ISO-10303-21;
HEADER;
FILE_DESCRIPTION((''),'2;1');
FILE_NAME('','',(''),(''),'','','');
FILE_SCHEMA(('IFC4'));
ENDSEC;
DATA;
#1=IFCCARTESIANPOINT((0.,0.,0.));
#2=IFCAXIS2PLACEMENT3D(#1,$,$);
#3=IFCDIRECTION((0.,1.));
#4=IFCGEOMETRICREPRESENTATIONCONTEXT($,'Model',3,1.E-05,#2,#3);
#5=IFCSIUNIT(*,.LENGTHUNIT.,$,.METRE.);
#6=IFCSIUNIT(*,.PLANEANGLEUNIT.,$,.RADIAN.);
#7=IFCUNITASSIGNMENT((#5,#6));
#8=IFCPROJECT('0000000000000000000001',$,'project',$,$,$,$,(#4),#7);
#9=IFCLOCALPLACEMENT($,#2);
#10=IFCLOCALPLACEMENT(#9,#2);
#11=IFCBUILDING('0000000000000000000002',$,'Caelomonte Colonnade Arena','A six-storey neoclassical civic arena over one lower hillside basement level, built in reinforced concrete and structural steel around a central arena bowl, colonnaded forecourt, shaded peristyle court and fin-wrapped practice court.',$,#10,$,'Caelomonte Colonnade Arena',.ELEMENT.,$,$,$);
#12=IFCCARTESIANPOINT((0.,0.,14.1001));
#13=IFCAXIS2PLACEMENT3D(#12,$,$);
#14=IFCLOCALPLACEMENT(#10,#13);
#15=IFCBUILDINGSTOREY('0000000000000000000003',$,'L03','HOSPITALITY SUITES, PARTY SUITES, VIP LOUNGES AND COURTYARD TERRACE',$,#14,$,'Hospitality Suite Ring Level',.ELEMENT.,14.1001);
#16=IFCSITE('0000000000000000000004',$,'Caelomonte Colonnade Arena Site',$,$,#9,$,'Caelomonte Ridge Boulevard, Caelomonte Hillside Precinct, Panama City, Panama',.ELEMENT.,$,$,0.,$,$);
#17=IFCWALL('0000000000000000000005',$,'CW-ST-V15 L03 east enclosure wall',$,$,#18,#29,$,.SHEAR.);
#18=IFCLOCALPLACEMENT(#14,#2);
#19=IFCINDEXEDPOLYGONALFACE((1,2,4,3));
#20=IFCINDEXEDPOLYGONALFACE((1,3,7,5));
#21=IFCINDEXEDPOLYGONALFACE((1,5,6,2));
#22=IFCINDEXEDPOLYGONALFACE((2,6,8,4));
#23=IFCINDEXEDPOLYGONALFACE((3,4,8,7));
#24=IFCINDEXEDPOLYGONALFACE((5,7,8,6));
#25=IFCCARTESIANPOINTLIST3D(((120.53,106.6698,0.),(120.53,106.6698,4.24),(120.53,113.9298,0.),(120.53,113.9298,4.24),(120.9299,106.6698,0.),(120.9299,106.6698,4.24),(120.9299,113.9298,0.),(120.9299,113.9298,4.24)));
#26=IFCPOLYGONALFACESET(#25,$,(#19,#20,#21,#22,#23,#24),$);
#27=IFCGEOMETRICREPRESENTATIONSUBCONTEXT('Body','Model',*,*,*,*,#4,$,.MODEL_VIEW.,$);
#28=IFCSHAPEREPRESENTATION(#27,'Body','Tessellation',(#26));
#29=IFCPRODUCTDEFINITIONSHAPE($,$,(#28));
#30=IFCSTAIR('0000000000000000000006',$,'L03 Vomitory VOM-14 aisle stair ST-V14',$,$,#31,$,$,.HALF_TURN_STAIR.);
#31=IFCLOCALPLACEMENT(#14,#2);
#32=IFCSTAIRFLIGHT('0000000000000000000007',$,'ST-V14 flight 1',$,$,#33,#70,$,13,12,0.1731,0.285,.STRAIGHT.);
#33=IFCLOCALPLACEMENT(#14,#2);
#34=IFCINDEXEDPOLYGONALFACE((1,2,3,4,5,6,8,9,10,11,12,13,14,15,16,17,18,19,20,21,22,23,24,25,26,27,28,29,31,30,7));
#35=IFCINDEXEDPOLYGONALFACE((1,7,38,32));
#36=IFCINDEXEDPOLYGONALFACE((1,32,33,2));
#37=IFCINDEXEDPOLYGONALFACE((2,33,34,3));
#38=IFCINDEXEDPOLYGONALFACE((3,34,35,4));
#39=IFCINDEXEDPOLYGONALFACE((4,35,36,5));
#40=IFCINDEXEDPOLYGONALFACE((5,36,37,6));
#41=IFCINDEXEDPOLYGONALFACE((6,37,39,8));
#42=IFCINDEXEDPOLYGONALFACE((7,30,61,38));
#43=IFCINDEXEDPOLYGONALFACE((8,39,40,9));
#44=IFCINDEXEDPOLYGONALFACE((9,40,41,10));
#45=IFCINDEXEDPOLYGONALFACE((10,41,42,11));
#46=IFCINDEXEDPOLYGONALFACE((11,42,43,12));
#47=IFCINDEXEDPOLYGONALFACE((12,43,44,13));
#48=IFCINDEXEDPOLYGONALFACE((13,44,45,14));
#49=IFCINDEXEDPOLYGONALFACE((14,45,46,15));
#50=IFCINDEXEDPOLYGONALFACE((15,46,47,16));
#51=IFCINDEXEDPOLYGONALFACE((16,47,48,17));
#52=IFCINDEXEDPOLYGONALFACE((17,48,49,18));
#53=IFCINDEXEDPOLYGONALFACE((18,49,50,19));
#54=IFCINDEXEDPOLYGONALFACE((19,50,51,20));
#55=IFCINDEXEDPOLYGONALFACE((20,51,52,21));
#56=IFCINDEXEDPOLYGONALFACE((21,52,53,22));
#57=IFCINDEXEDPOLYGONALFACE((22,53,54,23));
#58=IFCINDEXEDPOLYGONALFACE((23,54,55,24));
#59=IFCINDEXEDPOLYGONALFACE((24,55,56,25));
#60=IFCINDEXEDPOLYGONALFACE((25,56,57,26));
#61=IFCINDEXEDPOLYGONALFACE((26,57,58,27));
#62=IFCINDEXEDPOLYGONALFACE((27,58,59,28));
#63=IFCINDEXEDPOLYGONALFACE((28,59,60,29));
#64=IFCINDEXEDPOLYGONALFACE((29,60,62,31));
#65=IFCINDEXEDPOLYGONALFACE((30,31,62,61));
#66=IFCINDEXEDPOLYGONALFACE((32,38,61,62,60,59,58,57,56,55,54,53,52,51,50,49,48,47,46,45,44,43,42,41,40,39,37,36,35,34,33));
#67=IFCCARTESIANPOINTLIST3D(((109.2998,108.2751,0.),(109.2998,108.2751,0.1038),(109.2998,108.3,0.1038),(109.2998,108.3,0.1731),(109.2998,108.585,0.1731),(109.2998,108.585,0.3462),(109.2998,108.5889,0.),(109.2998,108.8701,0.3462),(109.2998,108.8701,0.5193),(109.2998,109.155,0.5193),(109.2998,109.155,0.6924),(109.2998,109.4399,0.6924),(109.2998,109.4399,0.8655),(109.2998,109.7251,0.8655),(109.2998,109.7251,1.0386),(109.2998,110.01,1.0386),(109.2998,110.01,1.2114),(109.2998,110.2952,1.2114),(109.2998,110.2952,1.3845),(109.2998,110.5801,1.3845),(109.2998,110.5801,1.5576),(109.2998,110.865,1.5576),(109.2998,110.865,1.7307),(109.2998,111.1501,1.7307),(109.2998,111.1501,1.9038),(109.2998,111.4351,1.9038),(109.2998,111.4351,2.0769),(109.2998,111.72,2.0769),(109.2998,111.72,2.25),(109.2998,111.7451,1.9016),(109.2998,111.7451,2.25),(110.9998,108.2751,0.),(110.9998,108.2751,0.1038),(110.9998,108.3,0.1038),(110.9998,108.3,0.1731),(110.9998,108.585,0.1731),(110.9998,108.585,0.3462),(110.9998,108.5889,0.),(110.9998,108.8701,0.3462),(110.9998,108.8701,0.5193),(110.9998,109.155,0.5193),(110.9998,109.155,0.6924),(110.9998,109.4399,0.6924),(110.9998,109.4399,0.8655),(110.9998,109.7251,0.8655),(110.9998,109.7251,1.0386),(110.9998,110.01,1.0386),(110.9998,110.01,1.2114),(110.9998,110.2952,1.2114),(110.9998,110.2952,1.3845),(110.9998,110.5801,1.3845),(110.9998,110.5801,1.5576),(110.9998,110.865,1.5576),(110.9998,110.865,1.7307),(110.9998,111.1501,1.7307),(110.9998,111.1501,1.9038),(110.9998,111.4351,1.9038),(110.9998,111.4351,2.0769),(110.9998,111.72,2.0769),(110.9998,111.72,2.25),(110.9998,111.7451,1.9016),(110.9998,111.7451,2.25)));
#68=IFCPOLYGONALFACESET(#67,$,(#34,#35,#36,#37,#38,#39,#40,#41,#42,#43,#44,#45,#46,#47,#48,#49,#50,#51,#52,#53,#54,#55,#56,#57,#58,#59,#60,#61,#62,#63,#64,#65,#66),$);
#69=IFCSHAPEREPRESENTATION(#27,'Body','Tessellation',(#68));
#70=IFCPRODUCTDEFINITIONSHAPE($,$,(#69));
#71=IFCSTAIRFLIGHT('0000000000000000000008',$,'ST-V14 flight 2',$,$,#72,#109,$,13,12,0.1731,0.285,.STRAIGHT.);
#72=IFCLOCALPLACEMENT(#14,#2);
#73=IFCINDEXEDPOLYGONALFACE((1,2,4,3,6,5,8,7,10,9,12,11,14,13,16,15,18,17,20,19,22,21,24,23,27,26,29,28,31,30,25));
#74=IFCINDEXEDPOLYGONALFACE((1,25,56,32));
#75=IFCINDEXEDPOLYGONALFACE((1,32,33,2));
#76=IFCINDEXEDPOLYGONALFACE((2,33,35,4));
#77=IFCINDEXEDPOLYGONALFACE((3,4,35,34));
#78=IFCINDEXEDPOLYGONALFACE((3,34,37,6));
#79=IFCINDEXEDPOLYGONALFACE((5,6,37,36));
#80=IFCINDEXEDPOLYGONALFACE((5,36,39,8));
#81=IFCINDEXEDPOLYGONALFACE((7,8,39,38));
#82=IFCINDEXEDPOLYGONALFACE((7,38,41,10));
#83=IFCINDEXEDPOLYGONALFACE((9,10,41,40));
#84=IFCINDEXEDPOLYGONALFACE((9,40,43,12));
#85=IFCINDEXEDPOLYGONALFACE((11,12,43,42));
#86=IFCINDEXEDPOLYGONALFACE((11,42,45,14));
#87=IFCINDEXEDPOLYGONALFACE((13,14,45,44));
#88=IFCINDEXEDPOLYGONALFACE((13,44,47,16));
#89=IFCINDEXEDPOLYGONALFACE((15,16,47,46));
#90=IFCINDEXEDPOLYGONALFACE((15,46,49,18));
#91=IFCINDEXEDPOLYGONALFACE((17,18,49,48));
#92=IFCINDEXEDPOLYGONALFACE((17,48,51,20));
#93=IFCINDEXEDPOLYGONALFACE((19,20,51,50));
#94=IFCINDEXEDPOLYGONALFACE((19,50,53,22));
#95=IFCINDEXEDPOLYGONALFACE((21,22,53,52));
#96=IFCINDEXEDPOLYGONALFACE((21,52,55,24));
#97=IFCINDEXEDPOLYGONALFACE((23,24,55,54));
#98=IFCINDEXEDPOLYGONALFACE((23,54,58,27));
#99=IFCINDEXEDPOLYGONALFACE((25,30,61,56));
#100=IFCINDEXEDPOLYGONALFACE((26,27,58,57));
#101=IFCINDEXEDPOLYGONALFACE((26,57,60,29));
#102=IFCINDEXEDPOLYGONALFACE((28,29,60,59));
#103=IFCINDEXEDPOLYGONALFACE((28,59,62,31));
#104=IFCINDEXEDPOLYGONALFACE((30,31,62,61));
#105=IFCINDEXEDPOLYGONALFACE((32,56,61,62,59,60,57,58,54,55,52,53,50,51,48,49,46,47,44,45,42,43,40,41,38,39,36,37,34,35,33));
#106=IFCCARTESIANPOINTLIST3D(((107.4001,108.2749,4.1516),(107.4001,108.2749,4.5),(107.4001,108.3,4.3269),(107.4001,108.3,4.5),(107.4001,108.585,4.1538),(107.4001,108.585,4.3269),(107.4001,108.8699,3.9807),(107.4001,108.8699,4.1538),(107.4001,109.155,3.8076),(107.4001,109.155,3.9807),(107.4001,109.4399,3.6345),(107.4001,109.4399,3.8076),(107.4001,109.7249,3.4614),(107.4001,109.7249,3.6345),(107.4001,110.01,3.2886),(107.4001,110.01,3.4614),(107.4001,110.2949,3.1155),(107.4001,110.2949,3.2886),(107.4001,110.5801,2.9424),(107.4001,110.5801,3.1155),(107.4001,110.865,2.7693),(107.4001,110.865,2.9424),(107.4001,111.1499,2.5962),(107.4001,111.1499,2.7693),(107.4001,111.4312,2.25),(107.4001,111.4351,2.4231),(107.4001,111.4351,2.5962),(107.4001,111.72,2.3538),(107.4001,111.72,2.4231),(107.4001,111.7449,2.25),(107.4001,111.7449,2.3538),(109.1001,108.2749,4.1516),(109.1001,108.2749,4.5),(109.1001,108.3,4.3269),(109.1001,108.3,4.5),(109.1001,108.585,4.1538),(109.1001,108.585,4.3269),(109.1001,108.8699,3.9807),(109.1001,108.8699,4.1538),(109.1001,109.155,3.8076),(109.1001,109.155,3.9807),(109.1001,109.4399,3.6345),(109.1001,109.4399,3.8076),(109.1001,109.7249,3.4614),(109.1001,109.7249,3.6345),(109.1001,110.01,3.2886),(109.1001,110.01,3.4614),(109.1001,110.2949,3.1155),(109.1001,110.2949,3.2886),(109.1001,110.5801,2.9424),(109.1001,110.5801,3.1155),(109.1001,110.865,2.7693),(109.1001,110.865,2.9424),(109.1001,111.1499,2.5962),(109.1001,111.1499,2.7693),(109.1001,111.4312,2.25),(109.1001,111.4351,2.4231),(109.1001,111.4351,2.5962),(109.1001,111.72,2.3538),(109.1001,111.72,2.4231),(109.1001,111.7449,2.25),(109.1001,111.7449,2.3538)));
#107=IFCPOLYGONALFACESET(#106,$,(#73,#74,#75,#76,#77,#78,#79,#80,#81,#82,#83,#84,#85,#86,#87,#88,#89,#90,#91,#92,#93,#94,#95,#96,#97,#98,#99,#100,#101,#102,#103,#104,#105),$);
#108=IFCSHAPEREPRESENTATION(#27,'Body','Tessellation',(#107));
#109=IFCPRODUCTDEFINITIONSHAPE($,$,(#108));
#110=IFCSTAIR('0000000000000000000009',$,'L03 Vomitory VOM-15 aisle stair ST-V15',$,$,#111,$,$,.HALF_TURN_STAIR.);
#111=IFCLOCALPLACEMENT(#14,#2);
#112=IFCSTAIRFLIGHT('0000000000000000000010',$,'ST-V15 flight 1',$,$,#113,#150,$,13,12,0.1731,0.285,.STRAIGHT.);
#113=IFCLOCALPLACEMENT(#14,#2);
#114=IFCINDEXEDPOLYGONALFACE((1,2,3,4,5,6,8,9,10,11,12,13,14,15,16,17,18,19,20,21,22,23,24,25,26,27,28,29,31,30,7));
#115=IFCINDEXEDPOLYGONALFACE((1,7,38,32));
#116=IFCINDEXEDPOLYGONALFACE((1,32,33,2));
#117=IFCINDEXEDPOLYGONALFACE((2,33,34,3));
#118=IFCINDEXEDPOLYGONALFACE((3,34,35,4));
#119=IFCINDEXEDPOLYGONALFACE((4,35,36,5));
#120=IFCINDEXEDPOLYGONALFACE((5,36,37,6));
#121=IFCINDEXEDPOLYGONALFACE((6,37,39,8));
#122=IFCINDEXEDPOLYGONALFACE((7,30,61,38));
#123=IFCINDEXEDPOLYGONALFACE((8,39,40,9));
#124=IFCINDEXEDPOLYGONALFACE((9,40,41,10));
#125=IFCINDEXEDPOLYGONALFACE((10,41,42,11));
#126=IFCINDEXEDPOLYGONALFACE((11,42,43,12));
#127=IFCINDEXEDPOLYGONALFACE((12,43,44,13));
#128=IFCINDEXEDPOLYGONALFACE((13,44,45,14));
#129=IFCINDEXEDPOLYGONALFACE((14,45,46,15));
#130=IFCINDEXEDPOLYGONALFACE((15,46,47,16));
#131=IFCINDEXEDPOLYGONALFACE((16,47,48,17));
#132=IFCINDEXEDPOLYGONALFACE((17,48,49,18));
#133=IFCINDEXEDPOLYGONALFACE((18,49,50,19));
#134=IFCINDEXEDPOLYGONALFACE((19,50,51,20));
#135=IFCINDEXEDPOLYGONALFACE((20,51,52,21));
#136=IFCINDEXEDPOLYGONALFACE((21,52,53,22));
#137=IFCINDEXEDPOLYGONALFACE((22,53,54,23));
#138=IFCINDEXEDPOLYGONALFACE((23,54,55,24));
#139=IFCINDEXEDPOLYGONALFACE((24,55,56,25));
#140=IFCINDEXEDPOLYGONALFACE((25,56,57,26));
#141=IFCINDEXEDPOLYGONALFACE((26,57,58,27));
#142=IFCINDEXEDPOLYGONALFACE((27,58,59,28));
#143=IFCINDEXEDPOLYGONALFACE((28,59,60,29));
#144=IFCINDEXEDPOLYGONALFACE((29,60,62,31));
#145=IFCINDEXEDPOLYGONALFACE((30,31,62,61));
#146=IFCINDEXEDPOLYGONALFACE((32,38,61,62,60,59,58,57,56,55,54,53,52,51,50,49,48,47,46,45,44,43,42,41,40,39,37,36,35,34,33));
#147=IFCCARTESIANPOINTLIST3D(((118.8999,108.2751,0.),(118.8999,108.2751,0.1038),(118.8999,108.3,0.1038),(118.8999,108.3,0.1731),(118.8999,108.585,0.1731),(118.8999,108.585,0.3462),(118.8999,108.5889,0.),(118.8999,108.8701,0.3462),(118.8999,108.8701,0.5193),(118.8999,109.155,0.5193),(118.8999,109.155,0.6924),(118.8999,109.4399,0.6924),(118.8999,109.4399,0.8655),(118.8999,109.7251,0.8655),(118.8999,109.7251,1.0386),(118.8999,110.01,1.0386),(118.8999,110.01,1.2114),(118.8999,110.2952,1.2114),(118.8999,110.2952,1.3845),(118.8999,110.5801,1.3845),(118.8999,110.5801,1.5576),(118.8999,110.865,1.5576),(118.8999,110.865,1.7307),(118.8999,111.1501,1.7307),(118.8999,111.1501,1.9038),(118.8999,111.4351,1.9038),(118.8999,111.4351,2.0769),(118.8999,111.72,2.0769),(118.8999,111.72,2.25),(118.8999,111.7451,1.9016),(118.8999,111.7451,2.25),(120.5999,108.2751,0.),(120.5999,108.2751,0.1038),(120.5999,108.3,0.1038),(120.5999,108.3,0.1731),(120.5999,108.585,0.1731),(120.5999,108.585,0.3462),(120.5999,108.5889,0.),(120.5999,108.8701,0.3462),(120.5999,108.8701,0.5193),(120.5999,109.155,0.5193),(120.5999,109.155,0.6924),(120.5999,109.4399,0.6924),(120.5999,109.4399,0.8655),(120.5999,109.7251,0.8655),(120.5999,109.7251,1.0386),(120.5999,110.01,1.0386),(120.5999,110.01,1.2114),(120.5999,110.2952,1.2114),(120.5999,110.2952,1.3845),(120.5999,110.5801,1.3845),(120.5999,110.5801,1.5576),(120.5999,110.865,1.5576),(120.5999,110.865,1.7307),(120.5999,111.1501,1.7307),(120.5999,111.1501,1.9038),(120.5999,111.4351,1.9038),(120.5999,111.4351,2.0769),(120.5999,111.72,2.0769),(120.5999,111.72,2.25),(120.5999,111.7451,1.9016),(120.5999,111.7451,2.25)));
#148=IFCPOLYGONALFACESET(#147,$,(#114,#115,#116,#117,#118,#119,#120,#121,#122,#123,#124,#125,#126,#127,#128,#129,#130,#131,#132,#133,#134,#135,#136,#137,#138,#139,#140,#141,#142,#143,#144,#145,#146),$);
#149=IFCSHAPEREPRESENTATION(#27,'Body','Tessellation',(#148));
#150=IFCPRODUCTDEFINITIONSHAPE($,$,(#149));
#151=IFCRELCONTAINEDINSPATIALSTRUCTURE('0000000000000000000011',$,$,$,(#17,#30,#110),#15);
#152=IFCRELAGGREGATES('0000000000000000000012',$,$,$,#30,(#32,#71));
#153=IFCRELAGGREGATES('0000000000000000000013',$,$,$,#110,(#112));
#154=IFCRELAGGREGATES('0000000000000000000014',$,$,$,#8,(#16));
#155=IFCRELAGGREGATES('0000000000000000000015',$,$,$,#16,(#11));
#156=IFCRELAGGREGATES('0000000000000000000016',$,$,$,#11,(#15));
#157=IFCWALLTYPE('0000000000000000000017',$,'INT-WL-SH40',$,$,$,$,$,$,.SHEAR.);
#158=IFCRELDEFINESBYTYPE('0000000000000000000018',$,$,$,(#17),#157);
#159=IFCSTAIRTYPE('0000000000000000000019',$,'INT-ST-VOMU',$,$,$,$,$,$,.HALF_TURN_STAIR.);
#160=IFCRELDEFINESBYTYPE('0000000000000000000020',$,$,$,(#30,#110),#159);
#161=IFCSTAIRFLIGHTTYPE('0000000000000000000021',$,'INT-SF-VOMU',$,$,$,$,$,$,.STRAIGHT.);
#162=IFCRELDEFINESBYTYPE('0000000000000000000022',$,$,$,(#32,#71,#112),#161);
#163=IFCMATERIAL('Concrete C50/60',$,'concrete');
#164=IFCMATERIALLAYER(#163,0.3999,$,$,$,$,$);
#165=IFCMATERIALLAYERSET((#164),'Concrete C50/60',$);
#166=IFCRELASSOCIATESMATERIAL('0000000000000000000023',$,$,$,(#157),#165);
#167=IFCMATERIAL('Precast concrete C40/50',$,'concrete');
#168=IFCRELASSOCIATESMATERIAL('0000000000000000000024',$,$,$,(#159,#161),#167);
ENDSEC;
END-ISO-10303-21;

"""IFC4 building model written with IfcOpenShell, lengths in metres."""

from ifc_helpers import new_model, si_unit, direction, frame, frame_2d, origin, place, context, subcontext, project, spatial, polyline, rectangle, outline, extrude, material, layer, layer_set, type_object, element, aggregate, save


model = new_model("IFC4")

# Units and contexts
model_context = context("Model", 3, precision=1e-05, world=origin(), true_north=direction((0.0, 1.0)))
body_context = subcontext(model_context, "Body", "Model", "MODEL_VIEW")
ifc_project = project(units=[si_unit("LENGTHUNIT", "METRE"), si_unit("PLANEANGLEUNIT", "RADIAN")], contexts=[model_context])

# Site, building, storey
site_placement = place(None, origin())
site = spatial("IfcSite", under=ifc_project, at=site_placement, Name="Caelomonte Colonnade Arena Site", LongName="Caelomonte Ridge Boulevard, Caelomonte Hillside Precinct, Panama City, Panama", CompositionType="ELEMENT", RefElevation=0.0)
building_placement = place(site_placement, origin())
building = spatial("IfcBuilding", under=site, at=building_placement, Name="Caelomonte Colonnade Arena", Description="A six-storey neoclassical civic arena over one lower hillside basement level, built in reinforced concrete and structural steel around a central arena bowl, colonnaded forecourt, shaded peristyle court and fin-wrapped practice court.", LongName="Caelomonte Colonnade Arena", CompositionType="ELEMENT")
storey_placement = place(building_placement, frame((0.0, 0.0, 14.1001)))
storey = spatial("IfcBuildingStorey", under=building, at=storey_placement, Name="L03", Description="HOSPITALITY SUITES, PARTY SUITES, VIP LOUNGES AND COURTYARD TERRACE", LongName="Hospitality Suite Ring Level", CompositionType="ELEMENT", Elevation=14.1001)

# Shared definitions
ifc_material_1 = material(Name="Concrete C50/60", Category="concrete")
ifc_layer_1 = layer(ifc_material_1, 0.3999)
ifc_layer_set_1 = layer_set([ifc_layer_1], Name="Concrete C50/60")
wall_type_1 = type_object("IfcWallType", Name="INT-WL-SH40", PredefinedType="SHEAR", material=ifc_layer_set_1)

# Wall
wall_1_placement = place(storey_placement, frame((120.73, 106.6699, 0.0), z_axis=(0.0, 0.0, 1.0), x_axis=(0.0, 1.0, 0.0)))
element("IfcWall", 1, at=wall_1_placement, inside=storey, type_object=wall_type_1, Name="CW-ST-V15 L03 east enclosure wall", PredefinedType="SHEAR", context=body_context, shape_type="SweptSolid", body=[
    extrude(rectangle(XDim=7.26, YDim=0.3999, at=frame_2d((3.6299, 0.0))), origin(), (0.0, 0.0, 1.0), 4.24),
])

# Stair, stair flights
ifc_material_2 = material(Name="Precast concrete C40/50", Category="concrete")
stair_type = type_object("IfcStairType", Name="INT-ST-VOMU", PredefinedType="HALF_TURN_STAIR", material=ifc_material_2)
stair_1_placement = place(storey_placement, origin())
stair_1 = element("IfcStair", 2, at=stair_1_placement, inside=storey, type_object=stair_type, Name="L03 Vomitory VOM-14 aisle stair ST-V14", PredefinedType="HALF_TURN_STAIR")
stair_flight_type = type_object("IfcStairFlightType", Name="INT-SF-VOMU", PredefinedType="STRAIGHT", material=ifc_material_2)
stair_flight_1_placement = place(storey_placement, frame((110.1499, 108.3, 0.0), z_axis=(0.0, 0.0, 1.0), x_axis=(0.0, 1.0, 0.0)))
stair_flight_1 = element("IfcStairFlight", 3, at=stair_flight_1_placement, type_object=stair_flight_type, Name="ST-V14 flight 1", NumberOfRisers=13, NumberOfTreads=12, PredefinedType="STRAIGHT", RiserHeight=0.1731, TreadLength=0.285, context=body_context, shape_type="SweptSolid", body=[
    extrude(outline(polyline([(-0.0249, 0.0), (-0.0249, 0.1038), (0.0, 0.1038), (0.0, 0.1731), (0.2849, 0.1731), (0.2849, 0.3462), (0.5701, 0.3462), (0.5701, 0.5193), (0.855, 0.5193), (0.855, 0.6924), (1.1399, 0.6924), (1.1399, 0.8655), (1.425, 0.8655), (1.425, 1.0386), (1.71, 1.0386), (1.71, 1.2114), (1.9951, 1.2114), (1.9951, 1.3845), (2.28, 1.3845), (2.28, 1.5576), (2.5649, 1.5576), (2.5649, 1.7307), (2.8501, 1.7307), (2.8501, 1.9038), (3.135, 1.9038), (3.135, 2.0769), (3.4199, 2.0769), (3.4199, 2.25), (3.4451, 2.25), (3.4451, 1.9016), (0.2888, 0.0), (-0.0249, 0.0)])), frame((0.0, 0.8501, 0.0), z_axis=(0.0, -1.0, 0.0), x_axis=(1.0, 0.0, 0.0)), (0.0, 0.0, 1.0), 1.7),
])
stair_flight_2_placement = place(storey_placement, frame((108.25, 111.72, 2.25), z_axis=(0.0, 0.0, 1.0), x_axis=(0.0, -1.0, 0.0)))
stair_flight_2 = element("IfcStairFlight", 4, at=stair_flight_2_placement, type_object=stair_flight_type, Name="ST-V14 flight 2", NumberOfRisers=13, NumberOfTreads=12, PredefinedType="STRAIGHT", RiserHeight=0.1731, TreadLength=0.285, context=body_context, shape_type="SweptSolid", body=[
    extrude(outline(polyline([(-0.0249, 0.0), (-0.0249, 0.1038), (0.0, 0.1038), (0.0, 0.1731), (0.2849, 0.1731), (0.2849, 0.3462), (0.5701, 0.3462), (0.5701, 0.5193), (0.855, 0.5193), (0.855, 0.6924), (1.1399, 0.6924), (1.1399, 0.8655), (1.425, 0.8655), (1.425, 1.0386), (1.71, 1.0386), (1.71, 1.2114), (1.9951, 1.2114), (1.9951, 1.3845), (2.28, 1.3845), (2.28, 1.5576), (2.5649, 1.5576), (2.5649, 1.7307), (2.8501, 1.7307), (2.8501, 1.9038), (3.135, 1.9038), (3.135, 2.0769), (3.4199, 2.0769), (3.4199, 2.25), (3.4451, 2.25), (3.4451, 1.9016), (0.2888, 0.0), (-0.0249, 0.0)])), frame((0.0, 0.8501, 0.0), z_axis=(0.0, -1.0, 0.0), x_axis=(1.0, 0.0, 0.0)), (0.0, 0.0, 1.0), 1.7),
])
aggregate(stair_1, [stair_flight_1, stair_flight_2])

# Stair, stair flight
stair_2_placement = place(storey_placement, origin())
stair_2 = element("IfcStair", 5, at=stair_2_placement, inside=storey, type_object=stair_type, Name="L03 Vomitory VOM-15 aisle stair ST-V15", PredefinedType="HALF_TURN_STAIR")
stair_flight_3_placement = place(storey_placement, frame((119.75, 108.3, 0.0), z_axis=(0.0, 0.0, 1.0), x_axis=(0.0, 1.0, 0.0)))
stair_flight_3 = element("IfcStairFlight", 6, at=stair_flight_3_placement, type_object=stair_flight_type, Name="ST-V15 flight 1", NumberOfRisers=13, NumberOfTreads=12, PredefinedType="STRAIGHT", RiserHeight=0.1731, TreadLength=0.285, context=body_context, shape_type="SweptSolid", body=[
    extrude(outline(polyline([(-0.0249, 0.0), (-0.0249, 0.1038), (0.0, 0.1038), (0.0, 0.1731), (0.2849, 0.1731), (0.2849, 0.3462), (0.5701, 0.3462), (0.5701, 0.5193), (0.855, 0.5193), (0.855, 0.6924), (1.1399, 0.6924), (1.1399, 0.8655), (1.425, 0.8655), (1.425, 1.0386), (1.71, 1.0386), (1.71, 1.2114), (1.9951, 1.2114), (1.9951, 1.3845), (2.28, 1.3845), (2.28, 1.5576), (2.5649, 1.5576), (2.5649, 1.7307), (2.8501, 1.7307), (2.8501, 1.9038), (3.135, 1.9038), (3.135, 2.0769), (3.4199, 2.0769), (3.4199, 2.25), (3.4451, 2.25), (3.4451, 1.9016), (0.2888, 0.0), (-0.0249, 0.0)])), frame((0.0, 0.8501, 0.0), z_axis=(0.0, -1.0, 0.0), x_axis=(1.0, 0.0, 0.0)), (0.0, 0.0, 1.0), 1.7),
])
aggregate(stair_2, [stair_flight_3])

save(model, "model.ifc")
